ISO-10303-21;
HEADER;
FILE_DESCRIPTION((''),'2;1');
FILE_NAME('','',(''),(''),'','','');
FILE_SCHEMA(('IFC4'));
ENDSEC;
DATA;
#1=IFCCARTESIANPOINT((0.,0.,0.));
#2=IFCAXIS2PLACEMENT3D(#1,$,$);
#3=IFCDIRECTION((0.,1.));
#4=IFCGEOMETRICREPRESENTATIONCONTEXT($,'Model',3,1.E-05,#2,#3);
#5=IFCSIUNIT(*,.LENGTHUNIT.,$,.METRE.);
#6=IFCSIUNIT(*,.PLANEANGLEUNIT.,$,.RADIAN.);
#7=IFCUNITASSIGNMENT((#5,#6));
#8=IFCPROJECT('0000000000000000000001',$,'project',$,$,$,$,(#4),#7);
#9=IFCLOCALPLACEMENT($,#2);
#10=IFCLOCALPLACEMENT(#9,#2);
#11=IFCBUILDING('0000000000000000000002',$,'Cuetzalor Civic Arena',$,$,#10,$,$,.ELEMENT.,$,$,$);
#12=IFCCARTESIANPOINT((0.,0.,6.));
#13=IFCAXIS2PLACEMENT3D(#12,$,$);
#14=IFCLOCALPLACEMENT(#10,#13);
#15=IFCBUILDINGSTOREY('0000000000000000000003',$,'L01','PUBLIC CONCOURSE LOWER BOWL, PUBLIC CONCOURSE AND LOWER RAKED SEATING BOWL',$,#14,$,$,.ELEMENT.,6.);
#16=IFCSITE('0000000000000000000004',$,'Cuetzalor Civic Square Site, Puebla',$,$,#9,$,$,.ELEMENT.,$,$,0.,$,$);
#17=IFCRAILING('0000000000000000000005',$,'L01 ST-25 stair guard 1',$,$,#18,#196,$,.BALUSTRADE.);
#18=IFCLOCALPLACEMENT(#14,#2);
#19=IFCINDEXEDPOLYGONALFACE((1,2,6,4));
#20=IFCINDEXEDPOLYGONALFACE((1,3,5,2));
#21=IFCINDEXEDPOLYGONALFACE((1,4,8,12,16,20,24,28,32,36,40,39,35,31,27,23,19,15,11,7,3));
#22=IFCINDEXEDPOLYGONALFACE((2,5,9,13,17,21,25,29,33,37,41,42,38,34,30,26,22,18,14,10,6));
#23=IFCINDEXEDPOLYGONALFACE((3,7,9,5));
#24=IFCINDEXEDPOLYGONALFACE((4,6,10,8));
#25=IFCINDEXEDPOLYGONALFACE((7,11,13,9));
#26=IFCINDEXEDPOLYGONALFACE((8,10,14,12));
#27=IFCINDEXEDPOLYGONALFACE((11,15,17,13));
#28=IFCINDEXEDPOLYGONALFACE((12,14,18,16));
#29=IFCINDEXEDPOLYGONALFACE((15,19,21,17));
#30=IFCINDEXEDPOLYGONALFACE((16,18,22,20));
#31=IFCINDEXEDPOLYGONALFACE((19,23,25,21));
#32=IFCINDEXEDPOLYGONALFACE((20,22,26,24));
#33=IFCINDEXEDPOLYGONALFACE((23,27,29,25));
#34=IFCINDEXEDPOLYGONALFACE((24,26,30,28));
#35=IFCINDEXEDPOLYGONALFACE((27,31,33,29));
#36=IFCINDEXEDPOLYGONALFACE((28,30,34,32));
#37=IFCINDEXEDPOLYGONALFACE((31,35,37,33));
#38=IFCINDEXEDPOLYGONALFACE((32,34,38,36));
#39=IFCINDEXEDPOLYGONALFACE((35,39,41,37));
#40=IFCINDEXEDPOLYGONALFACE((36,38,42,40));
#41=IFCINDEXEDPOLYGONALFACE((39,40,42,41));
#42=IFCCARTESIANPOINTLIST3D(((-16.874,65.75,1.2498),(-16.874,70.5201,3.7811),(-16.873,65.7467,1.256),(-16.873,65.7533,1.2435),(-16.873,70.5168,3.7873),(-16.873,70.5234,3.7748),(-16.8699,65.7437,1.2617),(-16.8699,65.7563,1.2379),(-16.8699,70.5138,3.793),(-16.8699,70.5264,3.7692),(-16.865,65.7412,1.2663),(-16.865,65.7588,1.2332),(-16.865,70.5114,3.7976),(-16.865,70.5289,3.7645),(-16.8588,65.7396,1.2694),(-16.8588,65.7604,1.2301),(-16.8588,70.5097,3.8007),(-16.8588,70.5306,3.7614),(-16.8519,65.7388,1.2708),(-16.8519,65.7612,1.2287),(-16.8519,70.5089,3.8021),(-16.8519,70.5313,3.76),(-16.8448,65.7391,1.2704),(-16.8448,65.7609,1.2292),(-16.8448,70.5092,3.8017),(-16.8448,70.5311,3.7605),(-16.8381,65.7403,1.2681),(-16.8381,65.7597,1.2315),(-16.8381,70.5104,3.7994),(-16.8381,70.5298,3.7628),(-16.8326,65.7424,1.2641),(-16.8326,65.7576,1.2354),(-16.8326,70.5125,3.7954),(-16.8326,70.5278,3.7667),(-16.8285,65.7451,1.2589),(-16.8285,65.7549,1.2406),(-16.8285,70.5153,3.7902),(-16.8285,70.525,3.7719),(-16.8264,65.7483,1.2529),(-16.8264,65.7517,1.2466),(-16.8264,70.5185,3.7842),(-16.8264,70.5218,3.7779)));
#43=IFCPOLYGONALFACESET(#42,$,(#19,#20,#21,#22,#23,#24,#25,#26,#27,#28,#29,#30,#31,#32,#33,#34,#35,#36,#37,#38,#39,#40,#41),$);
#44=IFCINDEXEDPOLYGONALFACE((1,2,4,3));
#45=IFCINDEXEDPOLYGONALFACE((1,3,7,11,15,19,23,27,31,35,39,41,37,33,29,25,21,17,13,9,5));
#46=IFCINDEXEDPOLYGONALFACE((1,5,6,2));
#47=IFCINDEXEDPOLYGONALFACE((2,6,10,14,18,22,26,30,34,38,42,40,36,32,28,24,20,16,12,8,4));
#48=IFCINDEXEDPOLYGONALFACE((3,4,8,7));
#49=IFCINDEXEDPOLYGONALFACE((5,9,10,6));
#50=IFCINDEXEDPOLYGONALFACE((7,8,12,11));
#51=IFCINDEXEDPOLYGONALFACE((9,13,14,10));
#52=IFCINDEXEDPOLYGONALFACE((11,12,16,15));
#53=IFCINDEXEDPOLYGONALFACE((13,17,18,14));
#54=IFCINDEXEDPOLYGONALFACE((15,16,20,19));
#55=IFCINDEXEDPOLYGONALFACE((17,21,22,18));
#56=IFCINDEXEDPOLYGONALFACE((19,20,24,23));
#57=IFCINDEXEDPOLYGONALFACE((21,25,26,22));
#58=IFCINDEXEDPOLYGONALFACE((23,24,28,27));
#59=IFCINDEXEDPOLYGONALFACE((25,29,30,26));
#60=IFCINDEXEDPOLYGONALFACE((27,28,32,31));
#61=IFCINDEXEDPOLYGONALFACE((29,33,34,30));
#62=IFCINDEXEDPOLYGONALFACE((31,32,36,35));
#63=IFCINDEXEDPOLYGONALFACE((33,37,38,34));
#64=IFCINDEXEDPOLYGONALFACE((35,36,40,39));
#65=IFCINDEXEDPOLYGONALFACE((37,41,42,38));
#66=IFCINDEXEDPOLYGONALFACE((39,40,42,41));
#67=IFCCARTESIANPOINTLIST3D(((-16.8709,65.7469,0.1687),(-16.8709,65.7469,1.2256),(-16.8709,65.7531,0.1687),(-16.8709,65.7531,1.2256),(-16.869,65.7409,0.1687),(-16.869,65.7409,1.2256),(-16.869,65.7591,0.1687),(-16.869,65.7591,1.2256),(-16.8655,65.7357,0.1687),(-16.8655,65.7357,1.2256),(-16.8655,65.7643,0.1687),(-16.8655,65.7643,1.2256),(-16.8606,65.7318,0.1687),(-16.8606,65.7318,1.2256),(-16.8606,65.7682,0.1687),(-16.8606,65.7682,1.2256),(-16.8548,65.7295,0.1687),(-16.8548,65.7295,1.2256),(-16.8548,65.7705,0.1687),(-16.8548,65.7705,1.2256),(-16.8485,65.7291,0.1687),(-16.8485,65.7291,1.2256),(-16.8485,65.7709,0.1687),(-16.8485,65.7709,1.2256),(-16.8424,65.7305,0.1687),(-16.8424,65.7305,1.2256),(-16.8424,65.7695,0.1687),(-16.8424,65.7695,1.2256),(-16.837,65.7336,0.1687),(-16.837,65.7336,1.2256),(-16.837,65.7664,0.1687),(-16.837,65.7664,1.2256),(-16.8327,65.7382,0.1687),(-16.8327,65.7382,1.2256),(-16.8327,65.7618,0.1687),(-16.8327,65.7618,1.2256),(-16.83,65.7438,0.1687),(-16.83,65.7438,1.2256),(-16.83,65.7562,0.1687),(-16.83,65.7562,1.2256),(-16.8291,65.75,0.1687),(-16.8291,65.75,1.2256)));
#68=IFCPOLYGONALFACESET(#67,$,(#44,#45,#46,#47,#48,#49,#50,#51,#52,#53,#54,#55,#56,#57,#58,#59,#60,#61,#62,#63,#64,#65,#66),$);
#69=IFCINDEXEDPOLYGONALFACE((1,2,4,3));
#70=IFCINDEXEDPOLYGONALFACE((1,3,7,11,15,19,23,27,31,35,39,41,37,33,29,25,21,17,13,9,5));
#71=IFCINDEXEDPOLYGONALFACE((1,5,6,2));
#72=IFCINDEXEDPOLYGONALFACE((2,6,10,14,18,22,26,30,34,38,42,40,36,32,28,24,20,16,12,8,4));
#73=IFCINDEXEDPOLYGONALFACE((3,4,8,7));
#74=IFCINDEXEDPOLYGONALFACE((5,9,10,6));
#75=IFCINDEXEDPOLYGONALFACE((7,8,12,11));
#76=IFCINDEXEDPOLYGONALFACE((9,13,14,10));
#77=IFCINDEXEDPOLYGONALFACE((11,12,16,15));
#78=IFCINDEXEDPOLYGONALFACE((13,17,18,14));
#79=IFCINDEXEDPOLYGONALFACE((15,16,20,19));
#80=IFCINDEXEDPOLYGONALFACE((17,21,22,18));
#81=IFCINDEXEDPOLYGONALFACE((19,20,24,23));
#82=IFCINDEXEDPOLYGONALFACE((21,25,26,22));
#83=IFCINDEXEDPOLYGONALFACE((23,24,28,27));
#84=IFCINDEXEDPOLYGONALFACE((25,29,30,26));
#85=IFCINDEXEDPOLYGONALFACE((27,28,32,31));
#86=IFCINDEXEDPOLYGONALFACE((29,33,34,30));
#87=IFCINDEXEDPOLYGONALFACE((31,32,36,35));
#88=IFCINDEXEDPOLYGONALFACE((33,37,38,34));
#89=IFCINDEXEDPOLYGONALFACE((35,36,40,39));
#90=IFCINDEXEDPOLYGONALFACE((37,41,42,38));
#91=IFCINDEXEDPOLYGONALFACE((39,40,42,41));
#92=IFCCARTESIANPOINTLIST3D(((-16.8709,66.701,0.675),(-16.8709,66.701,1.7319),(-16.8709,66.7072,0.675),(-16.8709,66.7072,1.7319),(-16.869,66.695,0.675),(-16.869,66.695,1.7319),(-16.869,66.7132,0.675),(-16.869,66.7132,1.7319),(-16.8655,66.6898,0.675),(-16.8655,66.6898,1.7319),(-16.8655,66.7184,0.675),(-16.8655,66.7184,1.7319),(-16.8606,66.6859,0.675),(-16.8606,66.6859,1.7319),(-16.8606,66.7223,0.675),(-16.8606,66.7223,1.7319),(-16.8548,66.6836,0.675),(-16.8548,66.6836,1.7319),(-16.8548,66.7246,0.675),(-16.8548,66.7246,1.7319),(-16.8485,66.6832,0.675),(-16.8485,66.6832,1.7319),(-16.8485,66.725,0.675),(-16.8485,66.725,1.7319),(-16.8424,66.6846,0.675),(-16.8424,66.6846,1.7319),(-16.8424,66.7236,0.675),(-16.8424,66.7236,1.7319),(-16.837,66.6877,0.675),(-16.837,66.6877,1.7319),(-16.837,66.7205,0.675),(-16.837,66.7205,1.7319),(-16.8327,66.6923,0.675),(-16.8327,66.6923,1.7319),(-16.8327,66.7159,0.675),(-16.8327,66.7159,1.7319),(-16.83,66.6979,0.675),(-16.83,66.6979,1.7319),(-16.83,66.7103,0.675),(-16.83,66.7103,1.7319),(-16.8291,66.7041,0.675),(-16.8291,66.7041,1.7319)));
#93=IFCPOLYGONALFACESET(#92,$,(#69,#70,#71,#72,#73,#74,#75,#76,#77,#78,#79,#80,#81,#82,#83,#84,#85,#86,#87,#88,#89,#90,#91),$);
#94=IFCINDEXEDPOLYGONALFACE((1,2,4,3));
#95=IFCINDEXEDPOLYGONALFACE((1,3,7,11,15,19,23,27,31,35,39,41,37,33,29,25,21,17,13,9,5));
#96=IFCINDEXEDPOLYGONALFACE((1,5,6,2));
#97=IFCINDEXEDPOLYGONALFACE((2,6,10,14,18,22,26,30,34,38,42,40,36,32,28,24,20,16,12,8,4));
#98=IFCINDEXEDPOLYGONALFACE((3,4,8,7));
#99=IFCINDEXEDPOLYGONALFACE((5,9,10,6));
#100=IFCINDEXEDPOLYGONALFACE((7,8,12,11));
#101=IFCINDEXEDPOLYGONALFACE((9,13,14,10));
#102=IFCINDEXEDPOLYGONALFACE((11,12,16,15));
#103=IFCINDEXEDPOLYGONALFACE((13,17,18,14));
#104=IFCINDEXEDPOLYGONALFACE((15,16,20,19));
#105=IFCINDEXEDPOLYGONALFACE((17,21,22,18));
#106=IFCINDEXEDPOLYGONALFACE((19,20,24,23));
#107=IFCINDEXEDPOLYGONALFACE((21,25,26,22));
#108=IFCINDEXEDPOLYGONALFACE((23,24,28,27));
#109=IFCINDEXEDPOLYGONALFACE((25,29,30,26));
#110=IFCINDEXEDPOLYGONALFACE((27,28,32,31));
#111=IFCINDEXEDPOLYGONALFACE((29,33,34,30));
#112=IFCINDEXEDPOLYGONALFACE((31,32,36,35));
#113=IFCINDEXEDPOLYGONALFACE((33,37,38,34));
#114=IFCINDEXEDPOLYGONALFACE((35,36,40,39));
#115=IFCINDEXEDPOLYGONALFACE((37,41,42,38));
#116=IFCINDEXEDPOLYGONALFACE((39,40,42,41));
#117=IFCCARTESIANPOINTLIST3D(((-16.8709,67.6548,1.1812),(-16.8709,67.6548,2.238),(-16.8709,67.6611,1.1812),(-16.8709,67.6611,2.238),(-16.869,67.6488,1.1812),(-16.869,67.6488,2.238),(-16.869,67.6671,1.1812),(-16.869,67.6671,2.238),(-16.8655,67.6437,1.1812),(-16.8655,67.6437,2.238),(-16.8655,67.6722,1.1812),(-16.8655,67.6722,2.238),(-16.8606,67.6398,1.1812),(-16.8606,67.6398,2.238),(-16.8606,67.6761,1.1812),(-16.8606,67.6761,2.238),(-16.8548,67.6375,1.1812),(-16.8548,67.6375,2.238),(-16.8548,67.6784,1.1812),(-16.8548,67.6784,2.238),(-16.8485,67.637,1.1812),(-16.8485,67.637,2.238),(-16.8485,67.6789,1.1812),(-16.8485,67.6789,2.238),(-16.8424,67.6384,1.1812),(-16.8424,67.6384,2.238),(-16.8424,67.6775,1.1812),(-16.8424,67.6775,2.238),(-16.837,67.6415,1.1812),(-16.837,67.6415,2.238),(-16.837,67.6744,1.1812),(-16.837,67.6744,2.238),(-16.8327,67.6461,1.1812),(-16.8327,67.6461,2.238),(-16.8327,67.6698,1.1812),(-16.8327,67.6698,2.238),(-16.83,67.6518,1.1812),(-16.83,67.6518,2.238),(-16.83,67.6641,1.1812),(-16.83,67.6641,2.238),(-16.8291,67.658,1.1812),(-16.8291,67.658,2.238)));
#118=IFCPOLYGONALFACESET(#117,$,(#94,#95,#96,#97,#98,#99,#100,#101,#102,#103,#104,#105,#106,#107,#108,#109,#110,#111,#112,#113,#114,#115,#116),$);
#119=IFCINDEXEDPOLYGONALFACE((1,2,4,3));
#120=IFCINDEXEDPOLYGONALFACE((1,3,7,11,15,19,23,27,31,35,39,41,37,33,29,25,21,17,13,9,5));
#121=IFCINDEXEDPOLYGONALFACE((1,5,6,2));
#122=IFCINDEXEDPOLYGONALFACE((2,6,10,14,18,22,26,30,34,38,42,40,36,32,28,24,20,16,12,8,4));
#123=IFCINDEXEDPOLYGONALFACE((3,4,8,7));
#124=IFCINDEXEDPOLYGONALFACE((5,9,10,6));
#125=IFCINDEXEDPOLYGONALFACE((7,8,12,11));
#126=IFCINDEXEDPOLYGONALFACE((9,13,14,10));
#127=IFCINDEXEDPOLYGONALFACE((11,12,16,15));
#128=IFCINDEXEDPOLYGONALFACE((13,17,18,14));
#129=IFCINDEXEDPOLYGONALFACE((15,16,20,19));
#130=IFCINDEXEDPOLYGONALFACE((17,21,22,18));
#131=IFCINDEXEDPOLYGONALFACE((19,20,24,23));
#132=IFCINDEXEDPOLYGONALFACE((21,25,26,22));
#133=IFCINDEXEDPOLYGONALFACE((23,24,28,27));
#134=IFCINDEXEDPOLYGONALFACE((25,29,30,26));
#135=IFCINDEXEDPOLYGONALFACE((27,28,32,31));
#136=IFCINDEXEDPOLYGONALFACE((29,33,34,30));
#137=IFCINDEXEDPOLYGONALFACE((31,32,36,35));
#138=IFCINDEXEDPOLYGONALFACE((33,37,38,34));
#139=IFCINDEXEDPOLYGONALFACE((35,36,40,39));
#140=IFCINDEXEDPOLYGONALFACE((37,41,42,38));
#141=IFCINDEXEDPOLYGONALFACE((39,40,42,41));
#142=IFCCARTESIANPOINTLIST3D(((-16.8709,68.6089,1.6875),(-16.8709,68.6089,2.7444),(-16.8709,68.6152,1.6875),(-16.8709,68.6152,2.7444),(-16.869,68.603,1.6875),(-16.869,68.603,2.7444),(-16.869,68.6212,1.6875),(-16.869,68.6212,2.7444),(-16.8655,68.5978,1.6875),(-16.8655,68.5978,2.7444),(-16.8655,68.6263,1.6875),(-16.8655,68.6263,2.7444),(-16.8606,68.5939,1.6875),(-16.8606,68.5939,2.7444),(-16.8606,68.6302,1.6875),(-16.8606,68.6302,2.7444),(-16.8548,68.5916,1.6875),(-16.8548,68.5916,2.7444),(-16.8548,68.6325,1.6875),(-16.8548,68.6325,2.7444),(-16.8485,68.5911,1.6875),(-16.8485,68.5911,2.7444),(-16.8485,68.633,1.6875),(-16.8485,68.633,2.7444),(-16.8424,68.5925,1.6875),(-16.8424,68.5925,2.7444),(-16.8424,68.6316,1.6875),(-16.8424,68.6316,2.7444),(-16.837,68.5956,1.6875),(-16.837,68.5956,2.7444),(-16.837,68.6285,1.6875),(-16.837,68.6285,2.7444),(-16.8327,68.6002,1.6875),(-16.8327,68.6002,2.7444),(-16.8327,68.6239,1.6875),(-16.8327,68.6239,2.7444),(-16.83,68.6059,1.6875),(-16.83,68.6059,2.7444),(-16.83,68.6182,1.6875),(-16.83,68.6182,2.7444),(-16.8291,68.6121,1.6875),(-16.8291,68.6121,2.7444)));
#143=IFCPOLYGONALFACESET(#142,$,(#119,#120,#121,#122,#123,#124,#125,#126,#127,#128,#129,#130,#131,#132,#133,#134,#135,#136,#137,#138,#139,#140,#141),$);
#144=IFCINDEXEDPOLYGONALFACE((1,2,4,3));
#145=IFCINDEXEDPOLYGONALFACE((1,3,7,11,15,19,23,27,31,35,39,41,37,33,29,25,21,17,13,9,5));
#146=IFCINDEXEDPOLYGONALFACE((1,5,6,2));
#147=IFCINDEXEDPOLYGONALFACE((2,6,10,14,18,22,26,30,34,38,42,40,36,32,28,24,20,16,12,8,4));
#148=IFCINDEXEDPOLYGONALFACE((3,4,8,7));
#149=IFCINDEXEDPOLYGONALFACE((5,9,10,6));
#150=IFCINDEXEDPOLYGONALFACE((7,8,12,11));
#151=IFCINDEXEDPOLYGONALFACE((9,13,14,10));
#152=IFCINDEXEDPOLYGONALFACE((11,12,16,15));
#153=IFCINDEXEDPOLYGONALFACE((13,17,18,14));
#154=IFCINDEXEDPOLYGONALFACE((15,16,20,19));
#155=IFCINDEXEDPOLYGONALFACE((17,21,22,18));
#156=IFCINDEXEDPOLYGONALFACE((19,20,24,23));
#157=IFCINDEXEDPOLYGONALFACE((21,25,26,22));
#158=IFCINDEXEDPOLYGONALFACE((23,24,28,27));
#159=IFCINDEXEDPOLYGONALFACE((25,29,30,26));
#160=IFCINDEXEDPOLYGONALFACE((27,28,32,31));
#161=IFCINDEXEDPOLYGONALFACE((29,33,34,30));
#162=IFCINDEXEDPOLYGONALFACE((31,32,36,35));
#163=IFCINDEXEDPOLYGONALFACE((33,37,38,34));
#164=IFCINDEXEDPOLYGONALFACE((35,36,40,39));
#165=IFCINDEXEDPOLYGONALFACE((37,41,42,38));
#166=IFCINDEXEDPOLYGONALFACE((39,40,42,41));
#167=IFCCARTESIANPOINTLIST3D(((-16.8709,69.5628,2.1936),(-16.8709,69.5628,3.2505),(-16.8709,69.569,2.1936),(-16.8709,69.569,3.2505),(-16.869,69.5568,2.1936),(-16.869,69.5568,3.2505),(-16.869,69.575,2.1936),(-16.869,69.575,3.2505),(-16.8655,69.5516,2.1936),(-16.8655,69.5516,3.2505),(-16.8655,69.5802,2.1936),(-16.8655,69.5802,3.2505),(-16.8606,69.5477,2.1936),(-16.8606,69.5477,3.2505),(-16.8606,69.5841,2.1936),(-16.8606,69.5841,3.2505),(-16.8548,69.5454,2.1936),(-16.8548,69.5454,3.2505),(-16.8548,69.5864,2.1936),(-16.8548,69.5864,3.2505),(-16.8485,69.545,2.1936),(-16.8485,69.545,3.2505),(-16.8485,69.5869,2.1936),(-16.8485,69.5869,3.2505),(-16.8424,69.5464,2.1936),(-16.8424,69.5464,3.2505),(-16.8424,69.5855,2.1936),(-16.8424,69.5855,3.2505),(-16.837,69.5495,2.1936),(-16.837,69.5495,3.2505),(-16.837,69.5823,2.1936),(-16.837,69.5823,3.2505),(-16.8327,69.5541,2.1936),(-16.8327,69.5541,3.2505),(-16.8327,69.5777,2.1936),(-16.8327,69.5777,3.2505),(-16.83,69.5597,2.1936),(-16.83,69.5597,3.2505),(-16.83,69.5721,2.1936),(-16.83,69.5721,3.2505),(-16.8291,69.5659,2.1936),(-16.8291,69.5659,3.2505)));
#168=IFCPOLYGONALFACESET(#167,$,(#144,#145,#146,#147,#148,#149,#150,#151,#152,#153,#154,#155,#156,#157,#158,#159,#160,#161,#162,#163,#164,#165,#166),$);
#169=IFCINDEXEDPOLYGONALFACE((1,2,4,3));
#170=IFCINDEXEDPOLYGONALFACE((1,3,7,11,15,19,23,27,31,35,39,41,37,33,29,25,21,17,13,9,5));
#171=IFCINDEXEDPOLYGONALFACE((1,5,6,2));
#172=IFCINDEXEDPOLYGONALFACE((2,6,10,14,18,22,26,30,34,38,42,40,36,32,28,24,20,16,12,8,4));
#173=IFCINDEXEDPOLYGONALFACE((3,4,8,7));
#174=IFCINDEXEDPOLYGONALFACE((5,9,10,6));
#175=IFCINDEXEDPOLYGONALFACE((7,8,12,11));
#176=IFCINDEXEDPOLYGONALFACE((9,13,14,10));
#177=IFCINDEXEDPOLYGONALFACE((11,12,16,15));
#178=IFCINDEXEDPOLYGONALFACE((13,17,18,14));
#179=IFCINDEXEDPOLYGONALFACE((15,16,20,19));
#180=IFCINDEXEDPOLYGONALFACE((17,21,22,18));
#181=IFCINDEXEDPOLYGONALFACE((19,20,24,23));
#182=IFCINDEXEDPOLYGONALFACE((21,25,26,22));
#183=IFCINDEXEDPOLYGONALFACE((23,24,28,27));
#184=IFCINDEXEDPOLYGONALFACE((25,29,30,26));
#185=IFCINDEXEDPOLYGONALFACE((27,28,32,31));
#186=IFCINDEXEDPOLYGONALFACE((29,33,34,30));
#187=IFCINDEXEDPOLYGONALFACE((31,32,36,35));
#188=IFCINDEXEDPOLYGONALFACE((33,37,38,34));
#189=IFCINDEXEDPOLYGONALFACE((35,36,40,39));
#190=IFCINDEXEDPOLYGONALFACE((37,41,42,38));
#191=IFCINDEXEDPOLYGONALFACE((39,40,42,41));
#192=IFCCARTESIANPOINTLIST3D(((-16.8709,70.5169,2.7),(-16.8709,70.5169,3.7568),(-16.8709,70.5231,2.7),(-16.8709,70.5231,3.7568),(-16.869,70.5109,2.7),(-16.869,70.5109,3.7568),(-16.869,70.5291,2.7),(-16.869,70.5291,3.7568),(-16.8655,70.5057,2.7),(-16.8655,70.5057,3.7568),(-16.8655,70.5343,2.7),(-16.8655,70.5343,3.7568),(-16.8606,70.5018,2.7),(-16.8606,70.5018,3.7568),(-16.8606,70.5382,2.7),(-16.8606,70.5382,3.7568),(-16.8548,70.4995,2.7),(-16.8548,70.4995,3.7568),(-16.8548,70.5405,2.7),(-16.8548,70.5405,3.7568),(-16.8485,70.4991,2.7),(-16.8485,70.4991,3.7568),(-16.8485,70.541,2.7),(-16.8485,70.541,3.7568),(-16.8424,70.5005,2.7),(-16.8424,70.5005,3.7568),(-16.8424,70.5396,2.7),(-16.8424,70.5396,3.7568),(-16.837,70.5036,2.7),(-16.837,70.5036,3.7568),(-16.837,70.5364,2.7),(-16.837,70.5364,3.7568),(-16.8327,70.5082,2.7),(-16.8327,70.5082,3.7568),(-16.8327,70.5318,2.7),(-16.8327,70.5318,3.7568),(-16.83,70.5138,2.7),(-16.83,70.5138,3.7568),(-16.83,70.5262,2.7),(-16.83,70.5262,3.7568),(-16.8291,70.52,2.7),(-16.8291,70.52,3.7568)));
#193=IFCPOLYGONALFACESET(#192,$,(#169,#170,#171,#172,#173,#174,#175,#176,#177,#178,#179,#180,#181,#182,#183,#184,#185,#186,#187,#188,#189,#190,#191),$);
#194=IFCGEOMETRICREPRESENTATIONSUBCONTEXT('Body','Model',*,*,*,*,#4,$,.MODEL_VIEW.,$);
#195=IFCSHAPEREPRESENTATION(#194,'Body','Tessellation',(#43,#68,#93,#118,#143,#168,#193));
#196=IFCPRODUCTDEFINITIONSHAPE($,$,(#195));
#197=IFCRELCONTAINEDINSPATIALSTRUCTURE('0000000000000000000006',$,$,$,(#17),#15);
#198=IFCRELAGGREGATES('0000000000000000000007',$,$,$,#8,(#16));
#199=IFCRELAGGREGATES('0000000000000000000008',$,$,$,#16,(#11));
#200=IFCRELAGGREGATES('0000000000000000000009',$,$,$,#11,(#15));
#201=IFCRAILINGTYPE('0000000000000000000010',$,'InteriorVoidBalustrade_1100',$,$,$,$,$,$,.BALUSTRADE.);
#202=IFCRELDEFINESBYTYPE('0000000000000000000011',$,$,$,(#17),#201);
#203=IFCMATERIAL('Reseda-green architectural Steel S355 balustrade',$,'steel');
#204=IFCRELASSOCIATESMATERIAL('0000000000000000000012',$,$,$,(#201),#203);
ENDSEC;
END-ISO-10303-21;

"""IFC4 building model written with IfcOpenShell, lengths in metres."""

from ifc_helpers import new_model, si_unit, direction, frame, origin, origin_2d, place, context, subcontext, project, spatial, circle, extrude, material, type_object, element, save


model = new_model("IFC4")

# Units and contexts
model_context = context("Model", 3, precision=1e-05, world=origin(), true_north=direction((0.0, 1.0)))
body_context = subcontext(model_context, "Body", "Model", "MODEL_VIEW")
ifc_project = project(units=[si_unit("LENGTHUNIT", "METRE"), si_unit("PLANEANGLEUNIT", "RADIAN")], contexts=[model_context])

# Site, building, storey
site_placement = place(None, origin())
site = spatial("IfcSite", under=ifc_project, at=site_placement, Name="Cuetzalor Civic Square Site, Puebla", CompositionType="ELEMENT", RefElevation=0.0)
building_placement = place(site_placement, origin())
building = spatial("IfcBuilding", under=site, at=building_placement, Name="Cuetzalor Civic Arena", CompositionType="ELEMENT")
storey_placement = place(building_placement, frame((0.0, 0.0, 6.0)))
storey = spatial("IfcBuildingStorey", under=building, at=storey_placement, Name="L01", Description="PUBLIC CONCOURSE LOWER BOWL, PUBLIC CONCOURSE AND LOWER RAKED SEATING BOWL", CompositionType="ELEMENT", Elevation=6.0)

# Railing
ifc_material_1 = material(Name="Reseda-green architectural Steel S355 balustrade", Category="steel")
railing_type_1 = type_object("IfcRailingType", Name="InteriorVoidBalustrade_1100", PredefinedType="BALUSTRADE", material=ifc_material_1)
railing_1_placement = place(storey_placement, frame((-16.8501, 65.75, 0.1687)))
element("IfcRailing", 1, at=railing_1_placement, inside=storey, type_object=railing_type_1, Name="L01 ST-25 stair guard 1", PredefinedType="BALUSTRADE", context=body_context, shape_type="SweptSolid", body=[
    extrude(circle(Radius=0.0239, at=origin_2d()), frame((0.0, 0.0, 1.0811), z_axis=(0.0, 0.883332, 0.468747), x_axis=(-1.0, 0.0, 0.0)), (0.0, 0.0, 1.0), 5.4001),
    extrude(circle(Radius=0.021, at=origin_2d()), origin(), (0.0, 0.0, 1.0), 1.0569),
    extrude(circle(Radius=0.021, at=origin_2d()), frame((0.0, 0.9541, 0.5063)), (0.0, 0.0, 1.0), 1.0569),
    extrude(circle(Radius=0.021, at=origin_2d()), frame((0.0, 1.908, 1.0125)), (0.0, 0.0, 1.0), 1.0569),
    extrude(circle(Radius=0.021, at=origin_2d()), frame((0.0, 2.8621, 1.5188)), (0.0, 0.0, 1.0), 1.0569),
    extrude(circle(Radius=0.021, at=origin_2d()), frame((0.0, 3.8159, 2.0249)), (0.0, 0.0, 1.0), 1.0569),
    extrude(circle(Radius=0.021, at=origin_2d()), frame((0.0, 4.77, 2.5312)), (0.0, 0.0, 1.0), 1.0569),
])

save(model, "model.ifc")
